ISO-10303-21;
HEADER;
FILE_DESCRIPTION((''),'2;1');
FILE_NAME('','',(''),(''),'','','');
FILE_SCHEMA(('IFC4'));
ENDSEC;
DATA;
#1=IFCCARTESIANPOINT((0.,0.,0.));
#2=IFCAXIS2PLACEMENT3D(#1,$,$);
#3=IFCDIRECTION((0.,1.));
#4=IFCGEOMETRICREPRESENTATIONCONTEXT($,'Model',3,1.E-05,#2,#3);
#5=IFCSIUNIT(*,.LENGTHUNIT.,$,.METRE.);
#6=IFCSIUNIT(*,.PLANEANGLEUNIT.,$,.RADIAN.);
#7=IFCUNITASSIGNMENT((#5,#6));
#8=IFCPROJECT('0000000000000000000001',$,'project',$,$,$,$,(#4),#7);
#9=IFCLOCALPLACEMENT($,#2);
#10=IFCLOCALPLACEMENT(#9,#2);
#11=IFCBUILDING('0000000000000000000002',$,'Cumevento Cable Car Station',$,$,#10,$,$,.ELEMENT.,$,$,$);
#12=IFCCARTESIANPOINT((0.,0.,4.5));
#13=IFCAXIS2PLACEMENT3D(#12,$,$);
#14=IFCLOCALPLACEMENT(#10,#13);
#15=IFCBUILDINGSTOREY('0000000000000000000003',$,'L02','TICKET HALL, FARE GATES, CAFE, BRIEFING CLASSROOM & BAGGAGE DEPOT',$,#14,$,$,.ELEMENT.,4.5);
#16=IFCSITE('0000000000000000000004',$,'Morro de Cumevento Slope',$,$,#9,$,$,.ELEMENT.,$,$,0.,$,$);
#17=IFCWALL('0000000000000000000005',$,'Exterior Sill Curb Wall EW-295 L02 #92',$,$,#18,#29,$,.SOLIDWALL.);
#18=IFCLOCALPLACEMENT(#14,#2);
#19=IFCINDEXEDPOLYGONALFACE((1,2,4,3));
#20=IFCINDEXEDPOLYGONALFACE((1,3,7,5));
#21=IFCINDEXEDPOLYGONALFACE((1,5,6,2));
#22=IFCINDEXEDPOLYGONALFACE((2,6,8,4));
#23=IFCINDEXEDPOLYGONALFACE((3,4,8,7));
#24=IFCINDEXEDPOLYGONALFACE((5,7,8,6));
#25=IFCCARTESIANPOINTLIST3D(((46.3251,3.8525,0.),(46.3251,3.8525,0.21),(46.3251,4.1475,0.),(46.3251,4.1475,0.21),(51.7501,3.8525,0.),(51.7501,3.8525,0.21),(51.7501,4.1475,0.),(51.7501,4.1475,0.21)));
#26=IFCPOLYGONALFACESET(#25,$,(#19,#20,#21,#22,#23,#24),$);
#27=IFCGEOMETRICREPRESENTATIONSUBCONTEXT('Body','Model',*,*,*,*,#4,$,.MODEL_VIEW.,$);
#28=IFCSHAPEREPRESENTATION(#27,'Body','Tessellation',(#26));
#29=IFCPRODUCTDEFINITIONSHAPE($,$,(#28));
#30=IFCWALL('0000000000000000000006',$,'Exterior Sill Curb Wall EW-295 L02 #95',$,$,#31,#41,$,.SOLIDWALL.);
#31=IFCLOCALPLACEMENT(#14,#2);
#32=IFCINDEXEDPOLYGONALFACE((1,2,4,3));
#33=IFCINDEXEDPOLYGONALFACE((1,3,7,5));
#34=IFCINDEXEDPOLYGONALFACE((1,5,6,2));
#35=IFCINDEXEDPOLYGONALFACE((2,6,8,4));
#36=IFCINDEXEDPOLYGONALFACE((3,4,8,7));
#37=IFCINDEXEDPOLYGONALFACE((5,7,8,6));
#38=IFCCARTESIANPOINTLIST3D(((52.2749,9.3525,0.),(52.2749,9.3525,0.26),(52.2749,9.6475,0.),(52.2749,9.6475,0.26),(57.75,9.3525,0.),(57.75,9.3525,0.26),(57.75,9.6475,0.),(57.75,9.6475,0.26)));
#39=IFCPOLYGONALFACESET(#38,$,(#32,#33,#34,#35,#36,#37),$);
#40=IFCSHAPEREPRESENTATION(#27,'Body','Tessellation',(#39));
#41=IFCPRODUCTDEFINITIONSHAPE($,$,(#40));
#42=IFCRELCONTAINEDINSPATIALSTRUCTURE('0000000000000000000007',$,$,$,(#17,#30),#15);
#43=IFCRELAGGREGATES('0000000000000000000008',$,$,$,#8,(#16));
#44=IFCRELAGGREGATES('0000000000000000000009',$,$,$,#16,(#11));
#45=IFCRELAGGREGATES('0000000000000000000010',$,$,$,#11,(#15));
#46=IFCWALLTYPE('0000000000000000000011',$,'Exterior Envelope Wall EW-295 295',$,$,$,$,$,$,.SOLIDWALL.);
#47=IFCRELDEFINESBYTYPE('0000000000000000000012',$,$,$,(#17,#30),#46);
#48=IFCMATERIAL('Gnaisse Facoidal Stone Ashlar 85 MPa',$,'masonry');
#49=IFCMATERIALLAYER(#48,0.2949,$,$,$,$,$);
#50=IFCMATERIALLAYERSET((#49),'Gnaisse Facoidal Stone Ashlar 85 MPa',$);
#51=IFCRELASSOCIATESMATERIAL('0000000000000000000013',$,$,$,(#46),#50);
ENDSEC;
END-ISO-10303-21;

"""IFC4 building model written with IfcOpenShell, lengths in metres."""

from ifc_helpers import new_model, si_unit, direction, frame, frame_2d, origin, place, context, subcontext, project, spatial, rectangle, extrude, material, layer, layer_set, type_object, element, save


model = new_model("IFC4")

# Units and contexts
model_context = context("Model", 3, precision=1e-05, world=origin(), true_north=direction((0.0, 1.0)))
body_context = subcontext(model_context, "Body", "Model", "MODEL_VIEW")
ifc_project = project(units=[si_unit("LENGTHUNIT", "METRE"), si_unit("PLANEANGLEUNIT", "RADIAN")], contexts=[model_context])

# Site, building, storey
site_placement = place(None, origin())
site = spatial("IfcSite", under=ifc_project, at=site_placement, Name="Morro de Cumevento Slope", CompositionType="ELEMENT", RefElevation=0.0)
building_placement = place(site_placement, origin())
building = spatial("IfcBuilding", under=site, at=building_placement, Name="Cumevento Cable Car Station", CompositionType="ELEMENT")
storey_placement = place(building_placement, frame((0.0, 0.0, 4.5)))
storey = spatial("IfcBuildingStorey", under=building, at=storey_placement, Name="L02", Description="TICKET HALL, FARE GATES, CAFE, BRIEFING CLASSROOM & BAGGAGE DEPOT", CompositionType="ELEMENT", Elevation=4.5)

# Walls
ifc_material_1 = material(Name="Gnaisse Facoidal Stone Ashlar 85 MPa", Category="masonry")
ifc_layer_1 = layer(ifc_material_1, 0.2949)
ifc_layer_set_1 = layer_set([ifc_layer_1], Name="Gnaisse Facoidal Stone Ashlar 85 MPa")
wall_type = type_object("IfcWallType", Name="Exterior Envelope Wall EW-295 295", PredefinedType="SOLIDWALL", material=ifc_layer_set_1)
wall_1_placement = place(storey_placement, frame((51.75, 4.0, 0.0), z_axis=(0.0, 0.0, 1.0), x_axis=(-1.0, 0.0, 0.0)))
element("IfcWall", 1, at=wall_1_placement, inside=storey, type_object=wall_type, Name="Exterior Sill Curb Wall EW-295 L02 #92", PredefinedType="SOLIDWALL", context=body_context, shape_type="SweptSolid", body=[
    extrude(rectangle(XDim=5.425, YDim=0.2949, at=frame_2d((2.7124, 0.0))), origin(), (0.0, 0.0, 1.0), 0.21),
])
wall_2_placement = place(storey_placement, frame((52.2749, 9.5, 0.0), z_axis=(0.0, 0.0, 1.0), x_axis=(1.0, 0.0, 0.0)))
element("IfcWall", 2, at=wall_2_placement, inside=storey, type_object=wall_type, Name="Exterior Sill Curb Wall EW-295 L02 #95", PredefinedType="SOLIDWALL", context=body_context, shape_type="SweptSolid", body=[
    extrude(rectangle(XDim=5.4751, YDim=0.2949, at=frame_2d((2.7375, 0.0))), origin(), (0.0, 0.0, 1.0), 0.26),
])

save(model, "model.ifc")
